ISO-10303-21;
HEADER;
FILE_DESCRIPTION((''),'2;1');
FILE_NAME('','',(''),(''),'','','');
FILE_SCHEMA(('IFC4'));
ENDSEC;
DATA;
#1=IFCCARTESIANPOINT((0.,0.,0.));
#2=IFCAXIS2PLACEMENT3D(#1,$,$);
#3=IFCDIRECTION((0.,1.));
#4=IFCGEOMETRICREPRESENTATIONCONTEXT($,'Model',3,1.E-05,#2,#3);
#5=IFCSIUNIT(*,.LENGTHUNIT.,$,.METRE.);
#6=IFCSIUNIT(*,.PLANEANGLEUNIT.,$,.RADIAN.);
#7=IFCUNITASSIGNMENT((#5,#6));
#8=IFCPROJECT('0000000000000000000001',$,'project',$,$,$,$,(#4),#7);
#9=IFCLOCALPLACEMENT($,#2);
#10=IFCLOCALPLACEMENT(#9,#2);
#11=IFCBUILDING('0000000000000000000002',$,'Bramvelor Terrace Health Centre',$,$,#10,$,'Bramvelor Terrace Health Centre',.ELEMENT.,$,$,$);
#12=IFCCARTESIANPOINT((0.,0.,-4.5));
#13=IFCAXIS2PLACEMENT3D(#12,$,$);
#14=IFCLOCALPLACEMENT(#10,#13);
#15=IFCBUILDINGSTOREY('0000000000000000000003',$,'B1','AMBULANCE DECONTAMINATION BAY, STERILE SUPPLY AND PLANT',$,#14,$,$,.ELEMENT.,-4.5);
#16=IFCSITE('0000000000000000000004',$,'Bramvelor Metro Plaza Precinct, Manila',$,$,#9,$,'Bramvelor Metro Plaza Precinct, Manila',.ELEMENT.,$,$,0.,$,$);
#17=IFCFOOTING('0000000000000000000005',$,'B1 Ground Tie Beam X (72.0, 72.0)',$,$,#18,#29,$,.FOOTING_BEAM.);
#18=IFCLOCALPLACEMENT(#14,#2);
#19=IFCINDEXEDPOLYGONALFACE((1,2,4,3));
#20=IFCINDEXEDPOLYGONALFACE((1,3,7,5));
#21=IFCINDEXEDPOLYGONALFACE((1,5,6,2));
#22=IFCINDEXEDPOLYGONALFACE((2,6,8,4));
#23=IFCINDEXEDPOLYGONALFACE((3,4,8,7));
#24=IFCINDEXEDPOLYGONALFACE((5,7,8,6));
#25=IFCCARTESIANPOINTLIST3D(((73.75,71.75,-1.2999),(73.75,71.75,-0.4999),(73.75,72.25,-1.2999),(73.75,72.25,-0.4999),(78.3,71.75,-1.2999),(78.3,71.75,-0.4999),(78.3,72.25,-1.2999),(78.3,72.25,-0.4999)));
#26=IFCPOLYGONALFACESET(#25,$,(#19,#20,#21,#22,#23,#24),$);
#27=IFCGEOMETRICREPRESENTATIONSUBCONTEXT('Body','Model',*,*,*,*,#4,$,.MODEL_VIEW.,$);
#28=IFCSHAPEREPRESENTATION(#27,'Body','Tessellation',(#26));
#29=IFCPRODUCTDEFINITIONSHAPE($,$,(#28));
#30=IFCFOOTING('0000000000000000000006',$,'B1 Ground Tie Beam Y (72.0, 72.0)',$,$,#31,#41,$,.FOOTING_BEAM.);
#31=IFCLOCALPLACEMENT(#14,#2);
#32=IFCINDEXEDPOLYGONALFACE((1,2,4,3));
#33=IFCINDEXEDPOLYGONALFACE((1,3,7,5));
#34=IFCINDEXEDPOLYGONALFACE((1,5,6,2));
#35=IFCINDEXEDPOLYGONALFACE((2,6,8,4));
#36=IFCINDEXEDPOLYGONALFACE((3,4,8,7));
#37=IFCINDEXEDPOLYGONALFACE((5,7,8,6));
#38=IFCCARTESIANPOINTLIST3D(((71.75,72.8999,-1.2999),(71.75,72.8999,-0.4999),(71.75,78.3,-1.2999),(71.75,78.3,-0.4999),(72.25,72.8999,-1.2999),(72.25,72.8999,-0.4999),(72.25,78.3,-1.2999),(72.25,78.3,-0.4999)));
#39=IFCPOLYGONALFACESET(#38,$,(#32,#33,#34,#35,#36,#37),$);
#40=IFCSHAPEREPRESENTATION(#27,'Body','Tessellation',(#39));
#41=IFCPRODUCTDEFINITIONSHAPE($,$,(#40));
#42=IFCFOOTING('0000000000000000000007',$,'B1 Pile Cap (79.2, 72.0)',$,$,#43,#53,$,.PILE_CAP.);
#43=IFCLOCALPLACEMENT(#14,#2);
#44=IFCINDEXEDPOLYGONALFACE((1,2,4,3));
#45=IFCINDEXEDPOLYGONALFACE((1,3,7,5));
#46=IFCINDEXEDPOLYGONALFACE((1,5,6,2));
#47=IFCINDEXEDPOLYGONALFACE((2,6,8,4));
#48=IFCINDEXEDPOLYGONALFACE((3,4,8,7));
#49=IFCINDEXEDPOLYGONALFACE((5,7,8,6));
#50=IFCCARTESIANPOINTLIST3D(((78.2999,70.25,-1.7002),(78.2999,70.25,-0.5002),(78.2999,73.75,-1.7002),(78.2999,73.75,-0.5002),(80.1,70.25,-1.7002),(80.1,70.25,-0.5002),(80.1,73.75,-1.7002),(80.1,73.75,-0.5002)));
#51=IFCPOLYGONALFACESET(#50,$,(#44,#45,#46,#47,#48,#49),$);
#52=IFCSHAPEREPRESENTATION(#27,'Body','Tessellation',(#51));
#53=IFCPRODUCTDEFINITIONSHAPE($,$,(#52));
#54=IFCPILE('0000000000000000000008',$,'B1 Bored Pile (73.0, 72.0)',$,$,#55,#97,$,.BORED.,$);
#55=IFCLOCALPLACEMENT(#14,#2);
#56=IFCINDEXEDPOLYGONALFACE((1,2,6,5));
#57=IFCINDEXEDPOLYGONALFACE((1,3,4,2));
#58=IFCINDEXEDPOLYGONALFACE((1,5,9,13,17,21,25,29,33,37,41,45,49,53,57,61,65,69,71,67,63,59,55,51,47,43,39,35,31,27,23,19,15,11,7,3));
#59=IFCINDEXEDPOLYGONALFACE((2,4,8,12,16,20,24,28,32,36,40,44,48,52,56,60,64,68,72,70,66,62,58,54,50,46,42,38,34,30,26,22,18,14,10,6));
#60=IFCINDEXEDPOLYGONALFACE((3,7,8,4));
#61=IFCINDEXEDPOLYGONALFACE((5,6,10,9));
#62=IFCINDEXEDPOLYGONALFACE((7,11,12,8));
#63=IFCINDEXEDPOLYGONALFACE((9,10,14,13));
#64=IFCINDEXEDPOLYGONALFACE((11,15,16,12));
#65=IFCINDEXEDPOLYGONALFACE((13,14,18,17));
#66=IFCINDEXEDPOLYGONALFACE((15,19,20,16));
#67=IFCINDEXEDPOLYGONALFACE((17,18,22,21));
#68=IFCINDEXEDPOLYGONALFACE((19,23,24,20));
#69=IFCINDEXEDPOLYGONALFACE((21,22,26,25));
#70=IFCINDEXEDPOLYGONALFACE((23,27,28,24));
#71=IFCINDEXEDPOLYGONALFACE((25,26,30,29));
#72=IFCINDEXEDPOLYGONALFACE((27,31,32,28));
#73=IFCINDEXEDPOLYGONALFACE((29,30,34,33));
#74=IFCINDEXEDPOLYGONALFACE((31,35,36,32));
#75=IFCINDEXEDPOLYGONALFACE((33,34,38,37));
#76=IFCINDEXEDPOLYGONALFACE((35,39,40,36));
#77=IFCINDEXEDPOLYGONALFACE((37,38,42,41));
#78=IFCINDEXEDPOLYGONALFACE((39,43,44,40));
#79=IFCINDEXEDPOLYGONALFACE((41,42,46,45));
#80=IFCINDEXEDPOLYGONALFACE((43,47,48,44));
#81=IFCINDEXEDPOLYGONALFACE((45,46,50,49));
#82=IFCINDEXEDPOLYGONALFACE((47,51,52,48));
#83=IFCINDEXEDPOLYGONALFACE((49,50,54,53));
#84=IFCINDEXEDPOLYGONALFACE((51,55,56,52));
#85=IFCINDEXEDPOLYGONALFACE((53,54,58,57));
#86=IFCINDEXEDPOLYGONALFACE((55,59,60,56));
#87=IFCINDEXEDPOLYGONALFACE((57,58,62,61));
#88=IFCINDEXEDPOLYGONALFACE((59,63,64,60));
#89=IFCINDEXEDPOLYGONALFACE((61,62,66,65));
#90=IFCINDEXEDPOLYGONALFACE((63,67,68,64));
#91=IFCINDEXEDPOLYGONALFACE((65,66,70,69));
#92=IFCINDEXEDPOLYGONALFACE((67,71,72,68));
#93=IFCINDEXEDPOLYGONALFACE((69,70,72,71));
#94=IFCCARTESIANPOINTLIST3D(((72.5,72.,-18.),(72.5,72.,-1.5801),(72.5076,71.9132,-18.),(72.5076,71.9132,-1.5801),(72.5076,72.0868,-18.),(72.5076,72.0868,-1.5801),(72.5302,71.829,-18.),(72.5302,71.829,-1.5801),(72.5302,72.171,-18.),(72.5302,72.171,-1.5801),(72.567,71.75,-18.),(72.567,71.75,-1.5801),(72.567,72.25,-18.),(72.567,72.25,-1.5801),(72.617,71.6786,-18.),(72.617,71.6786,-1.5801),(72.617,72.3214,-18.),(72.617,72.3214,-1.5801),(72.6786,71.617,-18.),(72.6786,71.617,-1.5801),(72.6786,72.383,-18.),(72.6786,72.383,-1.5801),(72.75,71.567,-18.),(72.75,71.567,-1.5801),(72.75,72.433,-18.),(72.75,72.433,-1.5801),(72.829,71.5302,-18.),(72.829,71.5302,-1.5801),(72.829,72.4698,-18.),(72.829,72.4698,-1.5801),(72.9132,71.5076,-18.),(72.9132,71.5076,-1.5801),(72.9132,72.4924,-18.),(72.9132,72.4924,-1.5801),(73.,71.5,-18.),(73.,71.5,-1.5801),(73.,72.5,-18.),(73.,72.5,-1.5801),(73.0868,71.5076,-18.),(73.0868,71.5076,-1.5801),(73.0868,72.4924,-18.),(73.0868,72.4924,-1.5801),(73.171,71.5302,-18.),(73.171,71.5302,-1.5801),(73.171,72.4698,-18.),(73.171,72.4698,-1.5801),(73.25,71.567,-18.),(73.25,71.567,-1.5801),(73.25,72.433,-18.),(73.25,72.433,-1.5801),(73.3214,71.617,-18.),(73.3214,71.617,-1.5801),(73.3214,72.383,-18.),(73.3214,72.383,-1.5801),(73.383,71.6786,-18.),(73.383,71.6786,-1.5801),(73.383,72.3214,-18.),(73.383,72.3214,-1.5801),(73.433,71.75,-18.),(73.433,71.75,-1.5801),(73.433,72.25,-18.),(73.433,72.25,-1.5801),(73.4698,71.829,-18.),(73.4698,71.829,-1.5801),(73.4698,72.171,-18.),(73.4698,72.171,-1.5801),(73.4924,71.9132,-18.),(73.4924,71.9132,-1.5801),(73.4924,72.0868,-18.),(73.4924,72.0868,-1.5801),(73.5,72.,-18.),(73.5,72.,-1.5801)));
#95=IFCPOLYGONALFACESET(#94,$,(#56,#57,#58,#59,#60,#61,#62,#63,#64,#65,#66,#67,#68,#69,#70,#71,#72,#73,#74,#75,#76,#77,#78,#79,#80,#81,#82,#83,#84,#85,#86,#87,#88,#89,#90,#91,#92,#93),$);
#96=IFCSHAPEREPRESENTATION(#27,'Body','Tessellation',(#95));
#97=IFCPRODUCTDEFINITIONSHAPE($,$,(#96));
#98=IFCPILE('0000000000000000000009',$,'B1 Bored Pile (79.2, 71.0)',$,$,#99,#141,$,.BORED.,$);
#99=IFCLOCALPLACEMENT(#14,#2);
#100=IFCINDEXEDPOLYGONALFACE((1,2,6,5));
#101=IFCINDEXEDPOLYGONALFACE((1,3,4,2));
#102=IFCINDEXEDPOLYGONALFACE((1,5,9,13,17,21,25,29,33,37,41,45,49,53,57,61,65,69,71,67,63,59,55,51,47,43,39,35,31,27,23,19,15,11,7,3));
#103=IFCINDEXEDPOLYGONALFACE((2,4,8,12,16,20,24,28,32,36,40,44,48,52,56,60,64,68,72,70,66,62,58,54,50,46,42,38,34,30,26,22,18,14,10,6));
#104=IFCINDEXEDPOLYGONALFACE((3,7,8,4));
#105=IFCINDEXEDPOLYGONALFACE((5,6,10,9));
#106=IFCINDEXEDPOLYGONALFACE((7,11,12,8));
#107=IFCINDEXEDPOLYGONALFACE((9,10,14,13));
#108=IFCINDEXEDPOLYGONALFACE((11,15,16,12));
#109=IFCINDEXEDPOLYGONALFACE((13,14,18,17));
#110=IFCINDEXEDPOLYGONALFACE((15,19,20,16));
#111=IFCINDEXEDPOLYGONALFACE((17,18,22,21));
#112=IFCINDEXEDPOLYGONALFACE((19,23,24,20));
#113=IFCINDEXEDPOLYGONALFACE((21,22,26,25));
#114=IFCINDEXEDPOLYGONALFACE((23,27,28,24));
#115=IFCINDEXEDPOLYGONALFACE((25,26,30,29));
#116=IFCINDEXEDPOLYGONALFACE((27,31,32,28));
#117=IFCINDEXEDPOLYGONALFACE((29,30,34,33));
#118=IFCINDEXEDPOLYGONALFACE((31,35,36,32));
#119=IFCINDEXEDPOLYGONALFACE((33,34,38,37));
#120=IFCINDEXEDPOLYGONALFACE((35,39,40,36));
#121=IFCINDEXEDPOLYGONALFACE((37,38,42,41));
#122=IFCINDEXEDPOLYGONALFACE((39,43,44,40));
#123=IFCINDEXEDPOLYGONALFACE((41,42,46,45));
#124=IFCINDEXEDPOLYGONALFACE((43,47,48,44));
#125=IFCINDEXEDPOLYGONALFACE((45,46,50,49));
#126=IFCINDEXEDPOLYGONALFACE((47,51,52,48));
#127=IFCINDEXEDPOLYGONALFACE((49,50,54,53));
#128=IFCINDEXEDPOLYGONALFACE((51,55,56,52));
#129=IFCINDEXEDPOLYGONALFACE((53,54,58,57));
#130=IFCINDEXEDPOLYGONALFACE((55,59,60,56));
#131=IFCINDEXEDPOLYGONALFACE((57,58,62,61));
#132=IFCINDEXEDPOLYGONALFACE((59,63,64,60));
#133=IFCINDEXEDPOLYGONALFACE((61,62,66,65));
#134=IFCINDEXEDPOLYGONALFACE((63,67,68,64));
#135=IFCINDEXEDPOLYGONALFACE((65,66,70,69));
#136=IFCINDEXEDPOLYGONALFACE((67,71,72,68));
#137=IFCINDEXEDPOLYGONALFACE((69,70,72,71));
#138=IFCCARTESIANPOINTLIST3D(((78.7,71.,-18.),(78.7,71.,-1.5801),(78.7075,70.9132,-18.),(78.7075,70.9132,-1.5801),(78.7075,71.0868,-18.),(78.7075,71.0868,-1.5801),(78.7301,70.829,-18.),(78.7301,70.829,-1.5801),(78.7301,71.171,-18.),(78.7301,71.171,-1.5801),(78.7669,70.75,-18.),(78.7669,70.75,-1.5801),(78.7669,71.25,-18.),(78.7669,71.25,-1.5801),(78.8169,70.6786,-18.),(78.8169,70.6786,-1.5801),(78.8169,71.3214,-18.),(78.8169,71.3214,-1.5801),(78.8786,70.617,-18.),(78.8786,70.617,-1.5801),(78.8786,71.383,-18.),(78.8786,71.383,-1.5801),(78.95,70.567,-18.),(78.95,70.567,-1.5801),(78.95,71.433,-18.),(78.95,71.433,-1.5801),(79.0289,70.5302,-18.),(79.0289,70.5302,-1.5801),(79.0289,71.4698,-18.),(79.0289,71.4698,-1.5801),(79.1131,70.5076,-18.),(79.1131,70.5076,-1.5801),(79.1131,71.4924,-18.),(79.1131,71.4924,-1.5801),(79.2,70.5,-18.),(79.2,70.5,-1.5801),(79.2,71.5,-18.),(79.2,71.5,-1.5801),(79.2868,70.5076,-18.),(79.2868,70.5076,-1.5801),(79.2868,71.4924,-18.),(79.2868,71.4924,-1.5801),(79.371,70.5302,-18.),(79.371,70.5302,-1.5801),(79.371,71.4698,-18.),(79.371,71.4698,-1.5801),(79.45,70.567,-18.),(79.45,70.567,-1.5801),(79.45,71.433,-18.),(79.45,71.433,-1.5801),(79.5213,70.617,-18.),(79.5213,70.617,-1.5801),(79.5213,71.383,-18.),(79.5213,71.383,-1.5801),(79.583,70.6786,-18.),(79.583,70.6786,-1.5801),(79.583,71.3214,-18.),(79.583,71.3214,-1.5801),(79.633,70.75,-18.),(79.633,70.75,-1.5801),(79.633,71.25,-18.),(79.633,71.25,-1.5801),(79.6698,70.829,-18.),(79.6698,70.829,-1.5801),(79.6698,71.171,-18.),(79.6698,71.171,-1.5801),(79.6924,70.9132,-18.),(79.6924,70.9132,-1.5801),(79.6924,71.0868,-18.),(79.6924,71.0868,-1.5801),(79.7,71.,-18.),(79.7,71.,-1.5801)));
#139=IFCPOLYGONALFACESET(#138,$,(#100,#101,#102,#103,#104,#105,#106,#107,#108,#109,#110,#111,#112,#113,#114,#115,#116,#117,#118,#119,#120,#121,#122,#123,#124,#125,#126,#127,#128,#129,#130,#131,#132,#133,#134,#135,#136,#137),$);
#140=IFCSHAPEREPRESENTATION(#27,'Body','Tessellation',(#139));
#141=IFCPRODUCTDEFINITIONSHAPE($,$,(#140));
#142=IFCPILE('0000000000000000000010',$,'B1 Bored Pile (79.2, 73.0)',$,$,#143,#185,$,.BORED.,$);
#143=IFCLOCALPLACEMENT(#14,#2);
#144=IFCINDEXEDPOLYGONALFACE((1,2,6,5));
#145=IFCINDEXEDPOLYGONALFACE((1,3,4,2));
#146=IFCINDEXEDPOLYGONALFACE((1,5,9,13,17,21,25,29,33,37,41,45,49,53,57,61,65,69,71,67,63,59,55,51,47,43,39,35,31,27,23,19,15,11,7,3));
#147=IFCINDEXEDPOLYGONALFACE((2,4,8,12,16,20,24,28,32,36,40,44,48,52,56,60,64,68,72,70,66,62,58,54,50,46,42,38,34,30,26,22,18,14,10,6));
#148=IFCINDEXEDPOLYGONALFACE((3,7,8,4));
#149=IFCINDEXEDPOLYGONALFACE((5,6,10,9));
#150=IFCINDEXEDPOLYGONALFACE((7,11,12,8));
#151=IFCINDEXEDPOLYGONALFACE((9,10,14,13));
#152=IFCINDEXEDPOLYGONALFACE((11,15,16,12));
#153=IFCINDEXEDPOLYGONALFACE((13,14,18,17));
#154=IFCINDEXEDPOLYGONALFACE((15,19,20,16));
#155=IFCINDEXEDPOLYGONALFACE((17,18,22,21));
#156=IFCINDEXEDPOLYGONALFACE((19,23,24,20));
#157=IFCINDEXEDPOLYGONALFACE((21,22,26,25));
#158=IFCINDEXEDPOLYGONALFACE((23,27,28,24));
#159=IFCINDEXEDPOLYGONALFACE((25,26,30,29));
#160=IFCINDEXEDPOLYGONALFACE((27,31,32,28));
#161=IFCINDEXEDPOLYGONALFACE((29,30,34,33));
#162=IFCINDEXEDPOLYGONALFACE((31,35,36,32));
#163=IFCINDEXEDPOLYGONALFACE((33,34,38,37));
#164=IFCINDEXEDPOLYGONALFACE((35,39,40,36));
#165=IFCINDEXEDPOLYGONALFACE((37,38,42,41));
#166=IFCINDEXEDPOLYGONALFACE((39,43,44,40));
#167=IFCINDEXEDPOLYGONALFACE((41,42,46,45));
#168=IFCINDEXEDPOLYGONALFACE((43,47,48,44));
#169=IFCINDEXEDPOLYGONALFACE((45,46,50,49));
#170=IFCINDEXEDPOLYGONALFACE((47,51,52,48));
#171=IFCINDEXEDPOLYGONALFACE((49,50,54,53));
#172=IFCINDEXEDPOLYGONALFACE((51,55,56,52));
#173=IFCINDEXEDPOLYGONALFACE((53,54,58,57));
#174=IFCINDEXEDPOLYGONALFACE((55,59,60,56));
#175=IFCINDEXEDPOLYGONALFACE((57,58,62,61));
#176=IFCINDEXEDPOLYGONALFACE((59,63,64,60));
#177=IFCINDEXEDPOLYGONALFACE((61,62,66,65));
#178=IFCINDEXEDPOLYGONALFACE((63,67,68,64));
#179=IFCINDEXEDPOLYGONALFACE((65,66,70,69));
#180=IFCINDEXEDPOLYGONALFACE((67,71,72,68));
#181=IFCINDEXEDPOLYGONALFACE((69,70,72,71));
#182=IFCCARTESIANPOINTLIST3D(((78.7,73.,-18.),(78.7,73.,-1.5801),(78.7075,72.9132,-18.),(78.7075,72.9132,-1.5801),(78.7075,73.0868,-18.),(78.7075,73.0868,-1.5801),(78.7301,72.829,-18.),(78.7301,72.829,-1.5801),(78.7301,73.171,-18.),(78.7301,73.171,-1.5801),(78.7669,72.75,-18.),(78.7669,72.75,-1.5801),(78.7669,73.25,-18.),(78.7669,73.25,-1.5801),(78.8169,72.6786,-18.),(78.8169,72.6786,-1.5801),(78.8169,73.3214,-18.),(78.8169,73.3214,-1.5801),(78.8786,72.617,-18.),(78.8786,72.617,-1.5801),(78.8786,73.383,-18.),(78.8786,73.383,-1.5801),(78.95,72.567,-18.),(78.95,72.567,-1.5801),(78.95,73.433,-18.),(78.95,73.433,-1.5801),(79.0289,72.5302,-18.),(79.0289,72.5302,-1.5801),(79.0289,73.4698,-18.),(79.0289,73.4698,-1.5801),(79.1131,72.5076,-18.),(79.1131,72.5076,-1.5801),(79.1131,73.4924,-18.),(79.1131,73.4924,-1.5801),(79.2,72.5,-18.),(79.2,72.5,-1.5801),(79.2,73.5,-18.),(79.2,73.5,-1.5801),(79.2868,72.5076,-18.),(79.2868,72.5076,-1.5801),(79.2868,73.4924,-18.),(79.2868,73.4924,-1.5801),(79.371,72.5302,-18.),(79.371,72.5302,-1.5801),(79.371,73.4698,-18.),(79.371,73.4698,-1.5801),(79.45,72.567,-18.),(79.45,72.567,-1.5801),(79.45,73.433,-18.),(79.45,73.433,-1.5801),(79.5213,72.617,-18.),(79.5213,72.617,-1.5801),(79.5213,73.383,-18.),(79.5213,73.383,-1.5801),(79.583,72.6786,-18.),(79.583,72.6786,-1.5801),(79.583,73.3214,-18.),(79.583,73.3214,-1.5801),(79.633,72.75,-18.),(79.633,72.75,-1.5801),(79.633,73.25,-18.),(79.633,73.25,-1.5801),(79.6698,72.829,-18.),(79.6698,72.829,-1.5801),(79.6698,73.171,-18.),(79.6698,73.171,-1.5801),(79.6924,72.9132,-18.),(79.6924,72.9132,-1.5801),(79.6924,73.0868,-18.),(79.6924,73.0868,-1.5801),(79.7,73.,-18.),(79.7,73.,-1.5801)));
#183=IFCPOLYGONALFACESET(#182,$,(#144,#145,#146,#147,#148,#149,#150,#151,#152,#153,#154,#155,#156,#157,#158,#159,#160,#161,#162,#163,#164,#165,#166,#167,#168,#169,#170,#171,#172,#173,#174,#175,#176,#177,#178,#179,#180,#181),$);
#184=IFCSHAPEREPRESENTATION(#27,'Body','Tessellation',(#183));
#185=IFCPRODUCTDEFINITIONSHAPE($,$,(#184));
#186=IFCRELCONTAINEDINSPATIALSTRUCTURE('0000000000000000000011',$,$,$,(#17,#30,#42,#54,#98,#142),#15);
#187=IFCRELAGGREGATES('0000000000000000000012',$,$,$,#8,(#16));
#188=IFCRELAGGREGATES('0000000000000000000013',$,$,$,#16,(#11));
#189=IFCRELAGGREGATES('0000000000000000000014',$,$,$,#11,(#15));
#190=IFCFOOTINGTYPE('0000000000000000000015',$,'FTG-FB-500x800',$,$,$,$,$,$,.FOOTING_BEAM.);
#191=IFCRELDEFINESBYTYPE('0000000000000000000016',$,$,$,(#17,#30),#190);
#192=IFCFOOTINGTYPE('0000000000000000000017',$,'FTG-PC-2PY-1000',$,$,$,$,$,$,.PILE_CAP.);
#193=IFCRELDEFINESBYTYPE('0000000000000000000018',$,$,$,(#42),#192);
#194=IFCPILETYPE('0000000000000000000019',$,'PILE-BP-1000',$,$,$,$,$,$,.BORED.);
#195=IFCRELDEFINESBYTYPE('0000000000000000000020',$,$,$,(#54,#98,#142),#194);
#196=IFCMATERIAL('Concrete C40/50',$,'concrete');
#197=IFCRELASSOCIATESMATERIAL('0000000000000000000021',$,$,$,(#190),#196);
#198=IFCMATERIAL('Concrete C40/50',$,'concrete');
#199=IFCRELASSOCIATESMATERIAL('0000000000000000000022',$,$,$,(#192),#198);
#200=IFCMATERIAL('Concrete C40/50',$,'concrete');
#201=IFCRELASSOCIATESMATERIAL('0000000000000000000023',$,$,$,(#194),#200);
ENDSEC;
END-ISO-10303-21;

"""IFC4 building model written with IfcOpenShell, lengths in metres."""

from ifc_helpers import new_model, si_unit, direction, frame, origin, origin_2d, place, context, subcontext, project, spatial, rectangle, circle, extrude, material, material_profile, profile_set, type_object, element, save


model = new_model("IFC4")

# Units and contexts
model_context = context("Model", 3, precision=1e-05, world=origin(), true_north=direction((0.0, 1.0)))
body_context = subcontext(model_context, "Body", "Model", "MODEL_VIEW")
ifc_project = project(units=[si_unit("LENGTHUNIT", "METRE"), si_unit("PLANEANGLEUNIT", "RADIAN")], contexts=[model_context])

# Site, building, storey
site_placement = place(None, origin())
site = spatial("IfcSite", under=ifc_project, at=site_placement, Name="Bramvelor Metro Plaza Precinct, Manila", LongName="Bramvelor Metro Plaza Precinct, Manila", CompositionType="ELEMENT", RefElevation=0.0)
building_placement = place(site_placement, origin())
building = spatial("IfcBuilding", under=site, at=building_placement, Name="Bramvelor Terrace Health Centre", LongName="Bramvelor Terrace Health Centre", CompositionType="ELEMENT")
storey_placement = place(building_placement, frame((0.0, 0.0, -4.5)))
storey = spatial("IfcBuildingStorey", under=building, at=storey_placement, Name="B1", Description="AMBULANCE DECONTAMINATION BAY, STERILE SUPPLY AND PLANT", CompositionType="ELEMENT", Elevation=-4.5)

# Footings
ifc_material_1 = material(Name="Concrete C40/50", Category="concrete")
ifc_material_profile_1 = material_profile(ifc_material_1, rectangle(XDim=0.5, YDim=0.8, at=origin_2d()), Name="RC 500x800")
ifc_profile_set_1 = profile_set([ifc_material_profile_1], Name="Concrete C40/50")
footing_type_1 = type_object("IfcFootingType", Name="FTG-FB-500x800", PredefinedType="FOOTING_BEAM", material=ifc_profile_set_1)
footing_1_placement = place(storey_placement, frame((73.75, 72.0, -0.8999), z_axis=(1.0, 0.0, 0.0), x_axis=(0.0, 1.0, 0.0)))
element("IfcFooting", 1, at=footing_1_placement, inside=storey, type_object=footing_type_1, Name="B1 Ground Tie Beam X (72.0, 72.0)", PredefinedType="FOOTING_BEAM", context=body_context, shape_type="SweptSolid", body=[
    extrude(rectangle(XDim=0.5, YDim=0.8, at=origin_2d()), origin(), (0.0, 0.0, 1.0), 4.55),
])
footing_2_placement = place(storey_placement, frame((72.0, 72.8999, -0.8999), z_axis=(0.0, 1.0, 0.0), x_axis=(-1.0, 0.0, 0.0)))
element("IfcFooting", 2, at=footing_2_placement, inside=storey, type_object=footing_type_1, Name="B1 Ground Tie Beam Y (72.0, 72.0)", PredefinedType="FOOTING_BEAM", context=body_context, shape_type="SweptSolid", body=[
    extrude(rectangle(XDim=0.5, YDim=0.8, at=origin_2d()), origin(), (0.0, 0.0, 1.0), 5.4001),
])
ifc_material_2 = material(Name="Concrete C40/50", Category="concrete")
footing_type_2 = type_object("IfcFootingType", Name="FTG-PC-2PY-1000", PredefinedType="PILE_CAP", material=ifc_material_2)
footing_3_placement = place(storey_placement, frame((79.2, 72.0, -1.7002), z_axis=(0.0, 0.0, 1.0), x_axis=(1.0, 0.0, 0.0)))
element("IfcFooting", 3, at=footing_3_placement, inside=storey, type_object=footing_type_2, Name="B1 Pile Cap (79.2, 72.0)", PredefinedType="PILE_CAP", context=body_context, shape_type="SweptSolid", body=[
    extrude(rectangle(XDim=1.8, YDim=3.5, at=origin_2d()), origin(), (0.0, 0.0, 1.0), 1.2),
])

# Piles
ifc_material_3 = material(Name="Concrete C40/50", Category="concrete")
ifc_material_profile_2 = material_profile(ifc_material_3, circle(Radius=0.5, at=origin_2d()), Name="BP D1000")
ifc_profile_set_2 = profile_set([ifc_material_profile_2], Name="Concrete C40/50")
pile_type_1 = type_object("IfcPileType", Name="PILE-BP-1000", PredefinedType="BORED", material=ifc_profile_set_2)
for number, where, z_axis, x_axis, name in (
    (4, (73.0, 72.0, -1.5801), (0.0, 0.0, -1.0), (1.0, 0.0, 0.0), "B1 Bored Pile (73.0, 72.0)"),
    (5, (79.2, 71.0, -1.5801), (0.0, 0.0, -1.0), (1.0, 0.0, 0.0), "B1 Bored Pile (79.2, 71.0)"),
    (6, (79.2, 73.0, -1.5801), (0.0, 0.0, -1.0), (1.0, 0.0, 0.0), "B1 Bored Pile (79.2, 73.0)"),
):
    element("IfcPile", number, at=place(storey_placement, frame(where, z_axis=z_axis, x_axis=x_axis)), inside=storey, type_object=pile_type_1, Name=name, PredefinedType="BORED", context=body_context, shape_type="SweptSolid", body=[
        extrude(circle(Radius=0.5, at=origin_2d()), origin(), (0.0, 0.0, 1.0), 16.4199),
    ])

save(model, "model.ifc")
